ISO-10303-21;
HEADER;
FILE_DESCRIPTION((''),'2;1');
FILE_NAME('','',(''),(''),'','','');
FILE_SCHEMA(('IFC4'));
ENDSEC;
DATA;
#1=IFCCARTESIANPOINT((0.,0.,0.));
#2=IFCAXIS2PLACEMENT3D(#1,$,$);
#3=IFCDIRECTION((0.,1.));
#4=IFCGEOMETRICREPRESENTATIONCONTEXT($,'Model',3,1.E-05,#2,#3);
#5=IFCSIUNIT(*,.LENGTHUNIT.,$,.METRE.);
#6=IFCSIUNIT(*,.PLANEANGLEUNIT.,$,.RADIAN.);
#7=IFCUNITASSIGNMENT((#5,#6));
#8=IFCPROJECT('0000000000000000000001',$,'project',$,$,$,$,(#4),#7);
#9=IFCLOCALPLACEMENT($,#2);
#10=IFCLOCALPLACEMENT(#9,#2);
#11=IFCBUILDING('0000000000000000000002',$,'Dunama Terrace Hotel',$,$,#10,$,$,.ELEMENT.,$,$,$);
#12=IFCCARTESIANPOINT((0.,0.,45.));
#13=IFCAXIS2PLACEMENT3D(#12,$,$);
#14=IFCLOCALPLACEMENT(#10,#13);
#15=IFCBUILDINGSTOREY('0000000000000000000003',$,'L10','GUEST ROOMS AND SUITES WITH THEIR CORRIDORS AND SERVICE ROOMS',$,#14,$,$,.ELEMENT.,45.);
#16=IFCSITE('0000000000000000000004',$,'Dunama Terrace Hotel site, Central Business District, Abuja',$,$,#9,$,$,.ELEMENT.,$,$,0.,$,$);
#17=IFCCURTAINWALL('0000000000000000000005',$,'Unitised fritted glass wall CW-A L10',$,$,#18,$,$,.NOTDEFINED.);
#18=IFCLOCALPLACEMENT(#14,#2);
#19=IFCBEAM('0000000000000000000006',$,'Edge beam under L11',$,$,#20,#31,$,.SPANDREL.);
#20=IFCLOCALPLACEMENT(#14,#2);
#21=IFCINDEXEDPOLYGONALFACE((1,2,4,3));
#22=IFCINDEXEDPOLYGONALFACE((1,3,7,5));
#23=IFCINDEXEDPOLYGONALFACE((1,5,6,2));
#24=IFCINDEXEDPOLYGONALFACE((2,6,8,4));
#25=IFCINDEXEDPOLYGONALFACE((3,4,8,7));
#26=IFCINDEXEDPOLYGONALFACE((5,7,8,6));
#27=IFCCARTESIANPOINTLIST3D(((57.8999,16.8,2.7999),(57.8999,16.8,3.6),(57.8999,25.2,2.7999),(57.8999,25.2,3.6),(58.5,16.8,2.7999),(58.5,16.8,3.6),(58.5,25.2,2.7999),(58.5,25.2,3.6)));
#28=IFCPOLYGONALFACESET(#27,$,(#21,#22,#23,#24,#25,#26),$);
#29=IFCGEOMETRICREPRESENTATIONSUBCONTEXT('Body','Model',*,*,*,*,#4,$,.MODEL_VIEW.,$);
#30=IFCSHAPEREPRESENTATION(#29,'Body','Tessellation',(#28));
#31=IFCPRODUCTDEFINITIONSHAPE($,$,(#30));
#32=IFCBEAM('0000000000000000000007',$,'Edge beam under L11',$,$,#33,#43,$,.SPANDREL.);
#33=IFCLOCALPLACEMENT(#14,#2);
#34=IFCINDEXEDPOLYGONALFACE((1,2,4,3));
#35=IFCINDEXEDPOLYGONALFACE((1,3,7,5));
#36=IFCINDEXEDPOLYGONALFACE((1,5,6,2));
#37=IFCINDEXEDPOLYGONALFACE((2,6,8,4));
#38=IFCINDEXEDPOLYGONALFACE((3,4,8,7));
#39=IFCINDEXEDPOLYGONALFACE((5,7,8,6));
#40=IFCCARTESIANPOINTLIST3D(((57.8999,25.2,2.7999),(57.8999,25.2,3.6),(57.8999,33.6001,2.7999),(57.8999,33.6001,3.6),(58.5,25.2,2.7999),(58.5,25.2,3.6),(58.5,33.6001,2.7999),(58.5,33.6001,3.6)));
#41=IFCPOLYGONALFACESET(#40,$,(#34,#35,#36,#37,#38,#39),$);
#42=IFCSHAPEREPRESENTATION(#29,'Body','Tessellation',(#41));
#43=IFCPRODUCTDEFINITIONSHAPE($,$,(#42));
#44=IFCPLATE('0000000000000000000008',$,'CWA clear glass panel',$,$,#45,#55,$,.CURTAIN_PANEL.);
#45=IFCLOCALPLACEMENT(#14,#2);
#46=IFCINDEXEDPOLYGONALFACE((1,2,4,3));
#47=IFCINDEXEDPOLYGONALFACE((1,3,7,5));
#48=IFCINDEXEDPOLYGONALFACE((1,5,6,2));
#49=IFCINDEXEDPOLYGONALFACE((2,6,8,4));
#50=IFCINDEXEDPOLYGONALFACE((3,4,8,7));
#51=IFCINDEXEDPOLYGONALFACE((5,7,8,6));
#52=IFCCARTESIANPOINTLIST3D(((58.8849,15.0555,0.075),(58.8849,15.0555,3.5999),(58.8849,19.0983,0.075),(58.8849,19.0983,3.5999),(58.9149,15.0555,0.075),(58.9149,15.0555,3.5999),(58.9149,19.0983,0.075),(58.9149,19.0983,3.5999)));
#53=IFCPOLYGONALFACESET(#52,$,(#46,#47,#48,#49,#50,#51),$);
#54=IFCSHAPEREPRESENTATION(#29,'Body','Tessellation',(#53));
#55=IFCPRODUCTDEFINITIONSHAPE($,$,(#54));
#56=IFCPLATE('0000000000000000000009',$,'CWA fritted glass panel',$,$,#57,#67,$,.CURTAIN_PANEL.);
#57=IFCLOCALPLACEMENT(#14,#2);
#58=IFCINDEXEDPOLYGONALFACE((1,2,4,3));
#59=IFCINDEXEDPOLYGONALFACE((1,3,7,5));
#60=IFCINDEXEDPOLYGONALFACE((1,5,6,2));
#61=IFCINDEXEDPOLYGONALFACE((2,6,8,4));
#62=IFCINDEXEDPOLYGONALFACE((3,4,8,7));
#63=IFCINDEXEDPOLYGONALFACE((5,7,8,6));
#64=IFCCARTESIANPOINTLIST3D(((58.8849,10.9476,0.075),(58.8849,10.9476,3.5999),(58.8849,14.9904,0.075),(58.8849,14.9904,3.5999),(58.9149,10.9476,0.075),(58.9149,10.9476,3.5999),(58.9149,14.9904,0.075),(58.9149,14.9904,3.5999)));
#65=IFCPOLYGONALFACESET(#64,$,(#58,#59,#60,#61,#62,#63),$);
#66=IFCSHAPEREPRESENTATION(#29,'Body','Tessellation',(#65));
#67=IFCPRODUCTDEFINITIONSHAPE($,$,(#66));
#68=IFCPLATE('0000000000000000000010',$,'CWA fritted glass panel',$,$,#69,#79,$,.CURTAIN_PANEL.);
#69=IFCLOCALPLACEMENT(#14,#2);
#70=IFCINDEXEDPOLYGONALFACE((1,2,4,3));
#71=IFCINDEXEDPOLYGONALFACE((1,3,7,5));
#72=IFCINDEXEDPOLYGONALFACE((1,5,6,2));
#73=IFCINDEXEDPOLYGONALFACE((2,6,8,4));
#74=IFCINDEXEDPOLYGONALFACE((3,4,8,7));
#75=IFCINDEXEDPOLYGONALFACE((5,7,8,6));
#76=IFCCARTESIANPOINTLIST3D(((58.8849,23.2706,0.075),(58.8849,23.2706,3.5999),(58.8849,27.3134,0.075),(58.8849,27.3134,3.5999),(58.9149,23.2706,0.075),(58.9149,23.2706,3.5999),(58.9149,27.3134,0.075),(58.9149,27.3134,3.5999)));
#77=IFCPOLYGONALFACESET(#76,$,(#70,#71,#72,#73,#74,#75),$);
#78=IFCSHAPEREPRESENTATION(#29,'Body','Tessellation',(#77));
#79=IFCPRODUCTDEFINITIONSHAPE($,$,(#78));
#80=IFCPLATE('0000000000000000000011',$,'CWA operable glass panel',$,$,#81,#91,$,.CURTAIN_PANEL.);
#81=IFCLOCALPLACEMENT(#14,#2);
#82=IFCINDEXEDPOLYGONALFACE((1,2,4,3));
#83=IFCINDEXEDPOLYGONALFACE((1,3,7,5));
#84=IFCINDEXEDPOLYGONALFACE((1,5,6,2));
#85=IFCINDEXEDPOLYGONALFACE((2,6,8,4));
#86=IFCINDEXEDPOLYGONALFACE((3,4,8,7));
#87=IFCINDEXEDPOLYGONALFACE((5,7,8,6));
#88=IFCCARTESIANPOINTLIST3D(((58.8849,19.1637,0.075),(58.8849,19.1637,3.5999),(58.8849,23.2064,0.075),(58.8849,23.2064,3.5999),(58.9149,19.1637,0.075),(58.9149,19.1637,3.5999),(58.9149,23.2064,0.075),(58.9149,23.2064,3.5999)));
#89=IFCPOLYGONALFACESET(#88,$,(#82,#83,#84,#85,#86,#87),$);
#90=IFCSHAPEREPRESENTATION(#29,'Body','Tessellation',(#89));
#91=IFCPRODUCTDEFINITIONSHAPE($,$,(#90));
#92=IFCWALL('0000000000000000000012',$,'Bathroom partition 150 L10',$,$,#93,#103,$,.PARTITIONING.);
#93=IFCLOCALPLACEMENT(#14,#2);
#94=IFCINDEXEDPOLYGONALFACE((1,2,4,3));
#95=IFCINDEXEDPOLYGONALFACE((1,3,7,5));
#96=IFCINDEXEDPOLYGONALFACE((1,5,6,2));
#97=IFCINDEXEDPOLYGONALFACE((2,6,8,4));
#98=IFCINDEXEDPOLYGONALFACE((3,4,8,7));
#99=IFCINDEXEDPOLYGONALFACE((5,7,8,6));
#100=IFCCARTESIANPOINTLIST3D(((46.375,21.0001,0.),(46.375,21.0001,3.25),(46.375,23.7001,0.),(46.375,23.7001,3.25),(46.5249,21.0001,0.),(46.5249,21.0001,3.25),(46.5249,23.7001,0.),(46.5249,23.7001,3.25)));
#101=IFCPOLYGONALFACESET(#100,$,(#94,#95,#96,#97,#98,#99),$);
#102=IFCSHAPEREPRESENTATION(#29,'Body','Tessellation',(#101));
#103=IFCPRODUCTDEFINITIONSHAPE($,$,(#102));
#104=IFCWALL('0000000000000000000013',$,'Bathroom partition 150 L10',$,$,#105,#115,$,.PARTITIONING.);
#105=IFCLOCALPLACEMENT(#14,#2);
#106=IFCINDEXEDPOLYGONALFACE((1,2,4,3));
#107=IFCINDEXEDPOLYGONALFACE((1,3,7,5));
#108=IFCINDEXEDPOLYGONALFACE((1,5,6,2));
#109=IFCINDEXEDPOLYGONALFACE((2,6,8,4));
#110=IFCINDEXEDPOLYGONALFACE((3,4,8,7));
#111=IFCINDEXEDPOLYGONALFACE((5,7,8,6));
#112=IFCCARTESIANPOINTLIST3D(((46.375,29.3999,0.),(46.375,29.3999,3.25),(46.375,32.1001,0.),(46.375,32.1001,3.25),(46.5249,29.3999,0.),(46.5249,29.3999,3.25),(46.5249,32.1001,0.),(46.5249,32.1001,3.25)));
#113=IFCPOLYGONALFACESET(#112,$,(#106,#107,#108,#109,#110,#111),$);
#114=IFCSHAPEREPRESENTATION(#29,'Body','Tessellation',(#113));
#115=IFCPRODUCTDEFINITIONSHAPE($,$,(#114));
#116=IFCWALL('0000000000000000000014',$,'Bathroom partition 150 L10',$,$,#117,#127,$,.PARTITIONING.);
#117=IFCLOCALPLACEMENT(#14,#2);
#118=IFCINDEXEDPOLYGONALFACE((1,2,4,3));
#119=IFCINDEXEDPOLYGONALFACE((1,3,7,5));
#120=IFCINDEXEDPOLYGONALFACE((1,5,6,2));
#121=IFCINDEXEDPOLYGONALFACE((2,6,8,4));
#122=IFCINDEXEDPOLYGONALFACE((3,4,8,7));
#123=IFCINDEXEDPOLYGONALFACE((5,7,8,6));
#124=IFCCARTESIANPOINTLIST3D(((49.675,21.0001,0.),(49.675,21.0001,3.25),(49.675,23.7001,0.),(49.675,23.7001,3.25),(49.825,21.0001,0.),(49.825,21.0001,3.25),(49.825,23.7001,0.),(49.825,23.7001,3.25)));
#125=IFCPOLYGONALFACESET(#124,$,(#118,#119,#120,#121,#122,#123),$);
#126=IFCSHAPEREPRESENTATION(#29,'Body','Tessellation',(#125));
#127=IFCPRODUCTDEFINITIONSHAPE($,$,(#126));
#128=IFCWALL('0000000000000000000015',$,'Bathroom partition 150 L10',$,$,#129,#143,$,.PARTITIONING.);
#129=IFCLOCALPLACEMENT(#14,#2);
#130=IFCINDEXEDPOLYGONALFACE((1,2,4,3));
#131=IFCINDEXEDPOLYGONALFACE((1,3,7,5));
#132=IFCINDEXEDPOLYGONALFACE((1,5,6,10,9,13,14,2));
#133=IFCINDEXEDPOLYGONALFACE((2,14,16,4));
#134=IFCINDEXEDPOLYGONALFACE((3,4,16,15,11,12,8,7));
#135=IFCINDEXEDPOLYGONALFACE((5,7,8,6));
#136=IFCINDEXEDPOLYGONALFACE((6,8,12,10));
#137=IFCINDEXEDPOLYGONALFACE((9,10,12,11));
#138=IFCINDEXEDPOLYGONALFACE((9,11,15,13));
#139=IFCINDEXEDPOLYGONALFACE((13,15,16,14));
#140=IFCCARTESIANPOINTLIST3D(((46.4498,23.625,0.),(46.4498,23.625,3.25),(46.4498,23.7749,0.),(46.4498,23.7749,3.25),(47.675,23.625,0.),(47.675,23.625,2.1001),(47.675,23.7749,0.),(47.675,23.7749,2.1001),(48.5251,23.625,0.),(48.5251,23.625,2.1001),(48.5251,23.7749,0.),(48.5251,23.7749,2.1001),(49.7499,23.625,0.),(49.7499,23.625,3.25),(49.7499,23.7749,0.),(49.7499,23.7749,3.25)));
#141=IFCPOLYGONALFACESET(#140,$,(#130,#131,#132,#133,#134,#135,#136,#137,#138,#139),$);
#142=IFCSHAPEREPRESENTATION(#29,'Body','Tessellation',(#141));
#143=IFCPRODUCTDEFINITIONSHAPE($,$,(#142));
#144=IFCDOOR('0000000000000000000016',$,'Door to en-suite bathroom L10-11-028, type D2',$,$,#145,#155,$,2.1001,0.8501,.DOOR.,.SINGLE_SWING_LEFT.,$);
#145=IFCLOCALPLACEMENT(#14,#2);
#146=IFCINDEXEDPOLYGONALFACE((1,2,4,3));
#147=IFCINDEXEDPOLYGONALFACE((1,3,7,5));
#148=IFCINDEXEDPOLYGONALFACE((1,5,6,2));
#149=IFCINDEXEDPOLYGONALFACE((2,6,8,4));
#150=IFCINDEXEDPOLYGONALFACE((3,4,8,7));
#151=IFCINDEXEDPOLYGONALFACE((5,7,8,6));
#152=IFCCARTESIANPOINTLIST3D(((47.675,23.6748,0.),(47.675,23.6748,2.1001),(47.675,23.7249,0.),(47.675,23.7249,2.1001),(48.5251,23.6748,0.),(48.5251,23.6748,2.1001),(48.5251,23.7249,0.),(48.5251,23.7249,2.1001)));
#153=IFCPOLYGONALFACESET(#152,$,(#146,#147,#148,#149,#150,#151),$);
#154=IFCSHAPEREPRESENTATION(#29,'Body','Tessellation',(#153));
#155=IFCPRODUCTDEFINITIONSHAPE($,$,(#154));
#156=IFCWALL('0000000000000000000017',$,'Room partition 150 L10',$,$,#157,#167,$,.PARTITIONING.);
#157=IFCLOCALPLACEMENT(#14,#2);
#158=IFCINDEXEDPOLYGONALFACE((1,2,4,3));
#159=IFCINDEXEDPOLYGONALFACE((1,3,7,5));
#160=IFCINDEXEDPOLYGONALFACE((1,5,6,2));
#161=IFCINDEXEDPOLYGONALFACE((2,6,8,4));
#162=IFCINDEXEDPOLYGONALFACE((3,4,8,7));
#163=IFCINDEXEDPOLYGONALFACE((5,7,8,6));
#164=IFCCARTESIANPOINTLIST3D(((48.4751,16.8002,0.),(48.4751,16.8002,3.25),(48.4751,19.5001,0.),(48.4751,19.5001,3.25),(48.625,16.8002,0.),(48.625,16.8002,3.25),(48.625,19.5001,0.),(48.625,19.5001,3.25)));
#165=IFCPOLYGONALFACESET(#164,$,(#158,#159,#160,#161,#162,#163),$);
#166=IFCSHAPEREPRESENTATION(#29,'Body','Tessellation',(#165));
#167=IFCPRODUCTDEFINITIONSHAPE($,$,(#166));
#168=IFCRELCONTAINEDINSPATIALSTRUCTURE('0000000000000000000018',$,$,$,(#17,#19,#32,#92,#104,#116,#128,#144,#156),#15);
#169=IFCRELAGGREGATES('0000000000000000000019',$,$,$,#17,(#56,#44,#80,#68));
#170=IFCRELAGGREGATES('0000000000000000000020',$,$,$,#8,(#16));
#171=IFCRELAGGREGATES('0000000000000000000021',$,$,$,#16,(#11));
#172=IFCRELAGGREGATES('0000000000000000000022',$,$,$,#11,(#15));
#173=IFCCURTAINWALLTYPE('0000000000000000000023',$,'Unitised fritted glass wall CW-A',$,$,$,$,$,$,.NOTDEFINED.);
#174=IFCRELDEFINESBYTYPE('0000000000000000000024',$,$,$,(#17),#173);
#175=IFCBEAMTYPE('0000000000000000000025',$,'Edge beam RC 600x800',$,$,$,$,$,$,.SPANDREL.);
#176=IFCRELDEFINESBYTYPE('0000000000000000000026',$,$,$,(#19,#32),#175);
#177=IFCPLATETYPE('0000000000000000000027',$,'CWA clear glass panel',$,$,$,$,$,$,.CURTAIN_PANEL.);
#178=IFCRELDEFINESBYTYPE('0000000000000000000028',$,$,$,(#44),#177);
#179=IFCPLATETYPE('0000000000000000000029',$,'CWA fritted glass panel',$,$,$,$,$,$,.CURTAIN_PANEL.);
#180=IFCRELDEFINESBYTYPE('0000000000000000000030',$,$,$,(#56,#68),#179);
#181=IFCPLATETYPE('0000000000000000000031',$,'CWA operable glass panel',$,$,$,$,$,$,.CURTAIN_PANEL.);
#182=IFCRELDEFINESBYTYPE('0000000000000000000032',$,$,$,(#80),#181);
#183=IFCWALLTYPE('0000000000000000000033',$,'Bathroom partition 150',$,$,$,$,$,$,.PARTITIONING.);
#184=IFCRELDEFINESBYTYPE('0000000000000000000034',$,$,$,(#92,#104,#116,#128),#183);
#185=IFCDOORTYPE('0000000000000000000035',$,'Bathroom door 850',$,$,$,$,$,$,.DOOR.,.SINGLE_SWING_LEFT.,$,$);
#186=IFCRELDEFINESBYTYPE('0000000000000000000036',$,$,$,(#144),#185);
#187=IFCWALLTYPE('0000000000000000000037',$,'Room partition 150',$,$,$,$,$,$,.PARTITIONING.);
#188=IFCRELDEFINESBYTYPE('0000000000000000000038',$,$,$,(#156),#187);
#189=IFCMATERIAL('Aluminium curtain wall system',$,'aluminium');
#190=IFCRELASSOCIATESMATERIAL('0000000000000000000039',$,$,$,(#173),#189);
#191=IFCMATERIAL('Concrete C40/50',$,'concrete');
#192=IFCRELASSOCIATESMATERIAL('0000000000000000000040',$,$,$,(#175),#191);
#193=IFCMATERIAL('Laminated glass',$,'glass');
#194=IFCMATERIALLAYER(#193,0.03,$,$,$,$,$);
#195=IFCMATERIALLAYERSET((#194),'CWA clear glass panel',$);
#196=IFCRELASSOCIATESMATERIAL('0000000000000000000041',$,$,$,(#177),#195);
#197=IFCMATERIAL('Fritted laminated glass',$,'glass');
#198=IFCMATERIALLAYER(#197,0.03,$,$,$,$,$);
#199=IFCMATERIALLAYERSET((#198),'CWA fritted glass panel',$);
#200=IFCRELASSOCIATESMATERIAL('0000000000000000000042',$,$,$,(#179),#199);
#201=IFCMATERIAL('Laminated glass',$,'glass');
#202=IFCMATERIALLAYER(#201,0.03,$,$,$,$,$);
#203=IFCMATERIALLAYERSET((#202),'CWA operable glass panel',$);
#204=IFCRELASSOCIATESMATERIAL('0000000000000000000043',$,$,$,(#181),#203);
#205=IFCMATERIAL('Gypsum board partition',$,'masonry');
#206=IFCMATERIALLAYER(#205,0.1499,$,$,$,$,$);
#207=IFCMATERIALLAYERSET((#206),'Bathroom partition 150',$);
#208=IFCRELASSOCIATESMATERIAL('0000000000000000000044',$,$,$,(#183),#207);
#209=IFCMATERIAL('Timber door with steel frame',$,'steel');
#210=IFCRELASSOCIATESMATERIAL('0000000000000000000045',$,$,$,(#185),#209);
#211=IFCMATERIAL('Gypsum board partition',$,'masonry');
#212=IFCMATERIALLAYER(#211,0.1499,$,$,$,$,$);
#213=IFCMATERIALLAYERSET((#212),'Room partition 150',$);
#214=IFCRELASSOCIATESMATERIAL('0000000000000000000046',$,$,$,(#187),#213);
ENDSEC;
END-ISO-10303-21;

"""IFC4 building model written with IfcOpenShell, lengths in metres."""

from ifc_helpers import new_model, si_unit, direction, frame, frame_2d, origin, origin_2d, place, context, subcontext, project, spatial, rectangle, extrude, material, layer, layer_set, material_profile, profile_set, type_object, element, fill, aggregate, save


model = new_model("IFC4")

# Units and contexts
model_context = context("Model", 3, precision=1e-05, world=origin(), true_north=direction((0.0, 1.0)))
body_context = subcontext(model_context, "Body", "Model", "MODEL_VIEW")
ifc_project = project(units=[si_unit("LENGTHUNIT", "METRE"), si_unit("PLANEANGLEUNIT", "RADIAN")], contexts=[model_context])

# Site, building, storey
site_placement = place(None, origin())
site = spatial("IfcSite", under=ifc_project, at=site_placement, Name="Dunama Terrace Hotel site, Central Business District, Abuja", CompositionType="ELEMENT", RefElevation=0.0)
building_placement = place(site_placement, origin())
building = spatial("IfcBuilding", under=site, at=building_placement, Name="Dunama Terrace Hotel", CompositionType="ELEMENT")
storey_placement = place(building_placement, frame((0.0, 0.0, 45.0)))
storey = spatial("IfcBuildingStorey", under=building, at=storey_placement, Name="L10", Description="GUEST ROOMS AND SUITES WITH THEIR CORRIDORS AND SERVICE ROOMS", CompositionType="ELEMENT", Elevation=45.0)

# Curtain wall
ifc_material_1 = material(Name="Aluminium curtain wall system", Category="aluminium")
curtain_wall_type = type_object("IfcCurtainWallType", Name="Unitised fritted glass wall CW-A", PredefinedType="NOTDEFINED", material=ifc_material_1)
curtain_wall_placement = place(storey_placement, origin())
curtain_wall = element("IfcCurtainWall", 1, at=curtain_wall_placement, inside=storey, type_object=curtain_wall_type, Name="Unitised fritted glass wall CW-A L10", PredefinedType="NOTDEFINED")

# Beams
ifc_material_2 = material(Name="Concrete C40/50", Category="concrete")
ifc_material_profile_1 = material_profile(ifc_material_2, rectangle(XDim=0.6001, YDim=0.8, at=origin_2d()), Name="RC 600x800")
ifc_profile_set_1 = profile_set([ifc_material_profile_1], Name="Concrete C40/50")
beam_type = type_object("IfcBeamType", Name="Edge beam RC 600x800", PredefinedType="SPANDREL", material=ifc_profile_set_1)
beam_1_placement = place(storey_placement, frame((58.2, 16.8, 3.2), z_axis=(0.0, 1.0, 0.0), x_axis=(-1.0, 0.0, 0.0)))
element("IfcBeam", 2, at=beam_1_placement, inside=storey, type_object=beam_type, Name="Edge beam under L11", PredefinedType="SPANDREL", context=body_context, shape_type="SweptSolid", body=[
    extrude(rectangle(XDim=0.6001, YDim=0.8, at=origin_2d()), origin(), (0.0, 0.0, 1.0), 8.3999),
])
beam_2_placement = place(storey_placement, frame((58.2, 25.2, 3.2), z_axis=(0.0, 1.0, 0.0), x_axis=(-1.0, 0.0, 0.0)))
element("IfcBeam", 3, at=beam_2_placement, inside=storey, type_object=beam_type, Name="Edge beam under L11", PredefinedType="SPANDREL", context=body_context, shape_type="SweptSolid", body=[
    extrude(rectangle(XDim=0.6001, YDim=0.8, at=origin_2d()), origin(), (0.0, 0.0, 1.0), 8.4001),
])

# Plates
ifc_material_3 = material(Name="Laminated glass", Category="glass")
ifc_layer_1 = layer(ifc_material_3, 0.03)
ifc_layer_set_1 = layer_set([ifc_layer_1], Name="CWA clear glass panel")
plate_type_1 = type_object("IfcPlateType", Name="CWA clear glass panel", PredefinedType="CURTAIN_PANEL", material=ifc_layer_set_1)
plate_1_placement = place(storey_placement, frame((58.8999, 17.0769, 0.075), z_axis=(0.0, 0.0, 1.0), x_axis=(0.0, 1.0, 0.0)))
plate_1 = element("IfcPlate", 4, at=plate_1_placement, type_object=plate_type_1, Name="CWA clear glass panel", PredefinedType="CURTAIN_PANEL", context=body_context, shape_type="SweptSolid", body=[
    extrude(rectangle(XDim=4.0427, YDim=0.03, at=origin_2d()), origin(), (0.0, 0.0, 1.0), 3.5249),
])
ifc_material_4 = material(Name="Fritted laminated glass", Category="glass")
ifc_layer_2 = layer(ifc_material_4, 0.03)
ifc_layer_set_2 = layer_set([ifc_layer_2], Name="CWA fritted glass panel")
plate_type_2 = type_object("IfcPlateType", Name="CWA fritted glass panel", PredefinedType="CURTAIN_PANEL", material=ifc_layer_set_2)
plate_2_placement = place(storey_placement, frame((58.8999, 12.969, 0.075), z_axis=(0.0, 0.0, 1.0), x_axis=(0.0, 1.0, 0.0)))
plate_2 = element("IfcPlate", 5, at=plate_2_placement, type_object=plate_type_2, Name="CWA fritted glass panel", PredefinedType="CURTAIN_PANEL", context=body_context, shape_type="SweptSolid", body=[
    extrude(rectangle(XDim=4.0427, YDim=0.03, at=origin_2d()), origin(), (0.0, 0.0, 1.0), 3.5249),
])
plate_3_placement = place(storey_placement, frame((58.8999, 25.292, 0.075), z_axis=(0.0, 0.0, 1.0), x_axis=(0.0, 1.0, 0.0)))
plate_3 = element("IfcPlate", 6, at=plate_3_placement, type_object=plate_type_2, Name="CWA fritted glass panel", PredefinedType="CURTAIN_PANEL", context=body_context, shape_type="SweptSolid", body=[
    extrude(rectangle(XDim=4.0427, YDim=0.03, at=origin_2d()), origin(), (0.0, 0.0, 1.0), 3.5249),
])
ifc_material_5 = material(Name="Laminated glass", Category="glass")
ifc_layer_3 = layer(ifc_material_5, 0.03)
ifc_layer_set_3 = layer_set([ifc_layer_3], Name="CWA operable glass panel")
plate_type_3 = type_object("IfcPlateType", Name="CWA operable glass panel", PredefinedType="CURTAIN_PANEL", material=ifc_layer_set_3)
plate_4_placement = place(storey_placement, frame((58.8999, 21.1851, 0.075), z_axis=(0.0, 0.0, 1.0), x_axis=(0.0, 1.0, 0.0)))
plate_4 = element("IfcPlate", 7, at=plate_4_placement, type_object=plate_type_3, Name="CWA operable glass panel", PredefinedType="CURTAIN_PANEL", context=body_context, shape_type="SweptSolid", body=[
    extrude(rectangle(XDim=4.0427, YDim=0.03, at=origin_2d()), origin(), (0.0, 0.0, 1.0), 3.5249),
])
aggregate(curtain_wall, [plate_2, plate_1, plate_4, plate_3])

# Walls
ifc_material_6 = material(Name="Gypsum board partition", Category="masonry")
ifc_layer_4 = layer(ifc_material_6, 0.1499)
ifc_layer_set_4 = layer_set([ifc_layer_4], Name="Bathroom partition 150")
wall_type_1 = type_object("IfcWallType", Name="Bathroom partition 150", PredefinedType="PARTITIONING", material=ifc_layer_set_4)
wall_1_placement = place(storey_placement, frame((46.45, 21.0, 0.0), z_axis=(0.0, 0.0, 1.0), x_axis=(0.0, 1.0, 0.0)))
element("IfcWall", 8, at=wall_1_placement, inside=storey, type_object=wall_type_1, Name="Bathroom partition 150 L10", PredefinedType="PARTITIONING", context=body_context, shape_type="SweptSolid", body=[
    extrude(rectangle(XDim=2.7, YDim=0.1499, at=frame_2d((1.3501, 0.0))), origin(), (0.0, 0.0, 1.0), 3.25),
])
wall_2_placement = place(storey_placement, frame((46.45, 29.3999, 0.0), z_axis=(0.0, 0.0, 1.0), x_axis=(0.0, 1.0, 0.0)))
element("IfcWall", 9, at=wall_2_placement, inside=storey, type_object=wall_type_1, Name="Bathroom partition 150 L10", PredefinedType="PARTITIONING", context=body_context, shape_type="SweptSolid", body=[
    extrude(rectangle(XDim=2.7002, YDim=0.1499, at=frame_2d((1.3501, 0.0))), origin(), (0.0, 0.0, 1.0), 3.25),
])
wall_3_placement = place(storey_placement, frame((49.75, 21.0, 0.0), z_axis=(0.0, 0.0, 1.0), x_axis=(0.0, 1.0, 0.0)))
element("IfcWall", 10, at=wall_3_placement, inside=storey, type_object=wall_type_1, Name="Bathroom partition 150 L10", PredefinedType="PARTITIONING", context=body_context, shape_type="SweptSolid", body=[
    extrude(rectangle(XDim=2.7, YDim=0.1499, at=frame_2d((1.3501, 0.0))), origin(), (0.0, 0.0, 1.0), 3.25),
])

# Wall, opening, door
wall_4_placement = place(storey_placement, frame((46.45, 23.7, 0.0), z_axis=(0.0, 0.0, 1.0), x_axis=(1.0, 0.0, 0.0)))
wall_4 = element("IfcWall", 11, at=wall_4_placement, inside=storey, type_object=wall_type_1, Name="Bathroom partition 150 L10", PredefinedType="PARTITIONING", context=body_context, shape_type="SweptSolid", body=[
    extrude(rectangle(XDim=3.3, YDim=0.1499, at=frame_2d((1.6499, 0.0))), origin(), (0.0, 0.0, 1.0), 3.25),
])
opening_1_placement = place(wall_4_placement, frame((1.2251, 0.0, 0.0)))
opening_1 = element("IfcOpeningElement", 12, at=opening_1_placement, cuts=wall_4, PredefinedType="OPENING", context=body_context, shape_type="SweptSolid", body=[
    extrude(rectangle(XDim=0.8501, YDim=2.1001, at=frame_2d((0.425, 1.05))), frame((0.0, 0.085, 0.0), z_axis=(0.0, -1.0, 0.0), x_axis=(1.0, 0.0, 0.0)), (0.0, 0.0, 1.0), 0.1699),
])
ifc_material_7 = material(Name="Timber door with steel frame", Category="steel")
door_type_1 = type_object("IfcDoorType", Name="Bathroom door 850", OperationType="SINGLE_SWING_LEFT", PredefinedType="DOOR", material=ifc_material_7)
door_1_placement = place(opening_1_placement, frame((0.8501, 0.0, 0.0), z_axis=(0.0, 0.0, 1.0), x_axis=(-1.0, 0.0, 0.0)))
door_1 = element("IfcDoor", 13, at=door_1_placement, inside=storey, type_object=door_type_1, Name="Door to en-suite bathroom L10-11-028, type D2", OperationType="SINGLE_SWING_LEFT", OverallHeight=2.1001, OverallWidth=0.8501, PredefinedType="DOOR", context=body_context, shape_type="SweptSolid", body=[
    extrude(rectangle(XDim=0.8501, YDim=2.1001, at=frame_2d((0.425, 1.05))), frame((0.0, 0.0251, 0.0), z_axis=(0.0, -1.0, 0.0), x_axis=(1.0, 0.0, 0.0)), (0.0, 0.0, 1.0), 0.05),
])
fill(opening_1, door_1)

# Wall
ifc_material_8 = material(Name="Gypsum board partition", Category="masonry")
ifc_layer_5 = layer(ifc_material_8, 0.1499)
ifc_layer_set_5 = layer_set([ifc_layer_5], Name="Room partition 150")
wall_type_2 = type_object("IfcWallType", Name="Room partition 150", PredefinedType="PARTITIONING", material=ifc_layer_set_5)
wall_5_placement = place(storey_placement, frame((48.55, 16.8, 0.0), z_axis=(0.0, 0.0, 1.0), x_axis=(0.0, 1.0, 0.0)))
element("IfcWall", 14, at=wall_5_placement, inside=storey, type_object=wall_type_2, Name="Room partition 150 L10", PredefinedType="PARTITIONING", context=body_context, shape_type="SweptSolid", body=[
    extrude(rectangle(XDim=2.7, YDim=0.1499, at=frame_2d((1.3501, 0.0))), origin(), (0.0, 0.0, 1.0), 3.25),
])

save(model, "model.ifc")
